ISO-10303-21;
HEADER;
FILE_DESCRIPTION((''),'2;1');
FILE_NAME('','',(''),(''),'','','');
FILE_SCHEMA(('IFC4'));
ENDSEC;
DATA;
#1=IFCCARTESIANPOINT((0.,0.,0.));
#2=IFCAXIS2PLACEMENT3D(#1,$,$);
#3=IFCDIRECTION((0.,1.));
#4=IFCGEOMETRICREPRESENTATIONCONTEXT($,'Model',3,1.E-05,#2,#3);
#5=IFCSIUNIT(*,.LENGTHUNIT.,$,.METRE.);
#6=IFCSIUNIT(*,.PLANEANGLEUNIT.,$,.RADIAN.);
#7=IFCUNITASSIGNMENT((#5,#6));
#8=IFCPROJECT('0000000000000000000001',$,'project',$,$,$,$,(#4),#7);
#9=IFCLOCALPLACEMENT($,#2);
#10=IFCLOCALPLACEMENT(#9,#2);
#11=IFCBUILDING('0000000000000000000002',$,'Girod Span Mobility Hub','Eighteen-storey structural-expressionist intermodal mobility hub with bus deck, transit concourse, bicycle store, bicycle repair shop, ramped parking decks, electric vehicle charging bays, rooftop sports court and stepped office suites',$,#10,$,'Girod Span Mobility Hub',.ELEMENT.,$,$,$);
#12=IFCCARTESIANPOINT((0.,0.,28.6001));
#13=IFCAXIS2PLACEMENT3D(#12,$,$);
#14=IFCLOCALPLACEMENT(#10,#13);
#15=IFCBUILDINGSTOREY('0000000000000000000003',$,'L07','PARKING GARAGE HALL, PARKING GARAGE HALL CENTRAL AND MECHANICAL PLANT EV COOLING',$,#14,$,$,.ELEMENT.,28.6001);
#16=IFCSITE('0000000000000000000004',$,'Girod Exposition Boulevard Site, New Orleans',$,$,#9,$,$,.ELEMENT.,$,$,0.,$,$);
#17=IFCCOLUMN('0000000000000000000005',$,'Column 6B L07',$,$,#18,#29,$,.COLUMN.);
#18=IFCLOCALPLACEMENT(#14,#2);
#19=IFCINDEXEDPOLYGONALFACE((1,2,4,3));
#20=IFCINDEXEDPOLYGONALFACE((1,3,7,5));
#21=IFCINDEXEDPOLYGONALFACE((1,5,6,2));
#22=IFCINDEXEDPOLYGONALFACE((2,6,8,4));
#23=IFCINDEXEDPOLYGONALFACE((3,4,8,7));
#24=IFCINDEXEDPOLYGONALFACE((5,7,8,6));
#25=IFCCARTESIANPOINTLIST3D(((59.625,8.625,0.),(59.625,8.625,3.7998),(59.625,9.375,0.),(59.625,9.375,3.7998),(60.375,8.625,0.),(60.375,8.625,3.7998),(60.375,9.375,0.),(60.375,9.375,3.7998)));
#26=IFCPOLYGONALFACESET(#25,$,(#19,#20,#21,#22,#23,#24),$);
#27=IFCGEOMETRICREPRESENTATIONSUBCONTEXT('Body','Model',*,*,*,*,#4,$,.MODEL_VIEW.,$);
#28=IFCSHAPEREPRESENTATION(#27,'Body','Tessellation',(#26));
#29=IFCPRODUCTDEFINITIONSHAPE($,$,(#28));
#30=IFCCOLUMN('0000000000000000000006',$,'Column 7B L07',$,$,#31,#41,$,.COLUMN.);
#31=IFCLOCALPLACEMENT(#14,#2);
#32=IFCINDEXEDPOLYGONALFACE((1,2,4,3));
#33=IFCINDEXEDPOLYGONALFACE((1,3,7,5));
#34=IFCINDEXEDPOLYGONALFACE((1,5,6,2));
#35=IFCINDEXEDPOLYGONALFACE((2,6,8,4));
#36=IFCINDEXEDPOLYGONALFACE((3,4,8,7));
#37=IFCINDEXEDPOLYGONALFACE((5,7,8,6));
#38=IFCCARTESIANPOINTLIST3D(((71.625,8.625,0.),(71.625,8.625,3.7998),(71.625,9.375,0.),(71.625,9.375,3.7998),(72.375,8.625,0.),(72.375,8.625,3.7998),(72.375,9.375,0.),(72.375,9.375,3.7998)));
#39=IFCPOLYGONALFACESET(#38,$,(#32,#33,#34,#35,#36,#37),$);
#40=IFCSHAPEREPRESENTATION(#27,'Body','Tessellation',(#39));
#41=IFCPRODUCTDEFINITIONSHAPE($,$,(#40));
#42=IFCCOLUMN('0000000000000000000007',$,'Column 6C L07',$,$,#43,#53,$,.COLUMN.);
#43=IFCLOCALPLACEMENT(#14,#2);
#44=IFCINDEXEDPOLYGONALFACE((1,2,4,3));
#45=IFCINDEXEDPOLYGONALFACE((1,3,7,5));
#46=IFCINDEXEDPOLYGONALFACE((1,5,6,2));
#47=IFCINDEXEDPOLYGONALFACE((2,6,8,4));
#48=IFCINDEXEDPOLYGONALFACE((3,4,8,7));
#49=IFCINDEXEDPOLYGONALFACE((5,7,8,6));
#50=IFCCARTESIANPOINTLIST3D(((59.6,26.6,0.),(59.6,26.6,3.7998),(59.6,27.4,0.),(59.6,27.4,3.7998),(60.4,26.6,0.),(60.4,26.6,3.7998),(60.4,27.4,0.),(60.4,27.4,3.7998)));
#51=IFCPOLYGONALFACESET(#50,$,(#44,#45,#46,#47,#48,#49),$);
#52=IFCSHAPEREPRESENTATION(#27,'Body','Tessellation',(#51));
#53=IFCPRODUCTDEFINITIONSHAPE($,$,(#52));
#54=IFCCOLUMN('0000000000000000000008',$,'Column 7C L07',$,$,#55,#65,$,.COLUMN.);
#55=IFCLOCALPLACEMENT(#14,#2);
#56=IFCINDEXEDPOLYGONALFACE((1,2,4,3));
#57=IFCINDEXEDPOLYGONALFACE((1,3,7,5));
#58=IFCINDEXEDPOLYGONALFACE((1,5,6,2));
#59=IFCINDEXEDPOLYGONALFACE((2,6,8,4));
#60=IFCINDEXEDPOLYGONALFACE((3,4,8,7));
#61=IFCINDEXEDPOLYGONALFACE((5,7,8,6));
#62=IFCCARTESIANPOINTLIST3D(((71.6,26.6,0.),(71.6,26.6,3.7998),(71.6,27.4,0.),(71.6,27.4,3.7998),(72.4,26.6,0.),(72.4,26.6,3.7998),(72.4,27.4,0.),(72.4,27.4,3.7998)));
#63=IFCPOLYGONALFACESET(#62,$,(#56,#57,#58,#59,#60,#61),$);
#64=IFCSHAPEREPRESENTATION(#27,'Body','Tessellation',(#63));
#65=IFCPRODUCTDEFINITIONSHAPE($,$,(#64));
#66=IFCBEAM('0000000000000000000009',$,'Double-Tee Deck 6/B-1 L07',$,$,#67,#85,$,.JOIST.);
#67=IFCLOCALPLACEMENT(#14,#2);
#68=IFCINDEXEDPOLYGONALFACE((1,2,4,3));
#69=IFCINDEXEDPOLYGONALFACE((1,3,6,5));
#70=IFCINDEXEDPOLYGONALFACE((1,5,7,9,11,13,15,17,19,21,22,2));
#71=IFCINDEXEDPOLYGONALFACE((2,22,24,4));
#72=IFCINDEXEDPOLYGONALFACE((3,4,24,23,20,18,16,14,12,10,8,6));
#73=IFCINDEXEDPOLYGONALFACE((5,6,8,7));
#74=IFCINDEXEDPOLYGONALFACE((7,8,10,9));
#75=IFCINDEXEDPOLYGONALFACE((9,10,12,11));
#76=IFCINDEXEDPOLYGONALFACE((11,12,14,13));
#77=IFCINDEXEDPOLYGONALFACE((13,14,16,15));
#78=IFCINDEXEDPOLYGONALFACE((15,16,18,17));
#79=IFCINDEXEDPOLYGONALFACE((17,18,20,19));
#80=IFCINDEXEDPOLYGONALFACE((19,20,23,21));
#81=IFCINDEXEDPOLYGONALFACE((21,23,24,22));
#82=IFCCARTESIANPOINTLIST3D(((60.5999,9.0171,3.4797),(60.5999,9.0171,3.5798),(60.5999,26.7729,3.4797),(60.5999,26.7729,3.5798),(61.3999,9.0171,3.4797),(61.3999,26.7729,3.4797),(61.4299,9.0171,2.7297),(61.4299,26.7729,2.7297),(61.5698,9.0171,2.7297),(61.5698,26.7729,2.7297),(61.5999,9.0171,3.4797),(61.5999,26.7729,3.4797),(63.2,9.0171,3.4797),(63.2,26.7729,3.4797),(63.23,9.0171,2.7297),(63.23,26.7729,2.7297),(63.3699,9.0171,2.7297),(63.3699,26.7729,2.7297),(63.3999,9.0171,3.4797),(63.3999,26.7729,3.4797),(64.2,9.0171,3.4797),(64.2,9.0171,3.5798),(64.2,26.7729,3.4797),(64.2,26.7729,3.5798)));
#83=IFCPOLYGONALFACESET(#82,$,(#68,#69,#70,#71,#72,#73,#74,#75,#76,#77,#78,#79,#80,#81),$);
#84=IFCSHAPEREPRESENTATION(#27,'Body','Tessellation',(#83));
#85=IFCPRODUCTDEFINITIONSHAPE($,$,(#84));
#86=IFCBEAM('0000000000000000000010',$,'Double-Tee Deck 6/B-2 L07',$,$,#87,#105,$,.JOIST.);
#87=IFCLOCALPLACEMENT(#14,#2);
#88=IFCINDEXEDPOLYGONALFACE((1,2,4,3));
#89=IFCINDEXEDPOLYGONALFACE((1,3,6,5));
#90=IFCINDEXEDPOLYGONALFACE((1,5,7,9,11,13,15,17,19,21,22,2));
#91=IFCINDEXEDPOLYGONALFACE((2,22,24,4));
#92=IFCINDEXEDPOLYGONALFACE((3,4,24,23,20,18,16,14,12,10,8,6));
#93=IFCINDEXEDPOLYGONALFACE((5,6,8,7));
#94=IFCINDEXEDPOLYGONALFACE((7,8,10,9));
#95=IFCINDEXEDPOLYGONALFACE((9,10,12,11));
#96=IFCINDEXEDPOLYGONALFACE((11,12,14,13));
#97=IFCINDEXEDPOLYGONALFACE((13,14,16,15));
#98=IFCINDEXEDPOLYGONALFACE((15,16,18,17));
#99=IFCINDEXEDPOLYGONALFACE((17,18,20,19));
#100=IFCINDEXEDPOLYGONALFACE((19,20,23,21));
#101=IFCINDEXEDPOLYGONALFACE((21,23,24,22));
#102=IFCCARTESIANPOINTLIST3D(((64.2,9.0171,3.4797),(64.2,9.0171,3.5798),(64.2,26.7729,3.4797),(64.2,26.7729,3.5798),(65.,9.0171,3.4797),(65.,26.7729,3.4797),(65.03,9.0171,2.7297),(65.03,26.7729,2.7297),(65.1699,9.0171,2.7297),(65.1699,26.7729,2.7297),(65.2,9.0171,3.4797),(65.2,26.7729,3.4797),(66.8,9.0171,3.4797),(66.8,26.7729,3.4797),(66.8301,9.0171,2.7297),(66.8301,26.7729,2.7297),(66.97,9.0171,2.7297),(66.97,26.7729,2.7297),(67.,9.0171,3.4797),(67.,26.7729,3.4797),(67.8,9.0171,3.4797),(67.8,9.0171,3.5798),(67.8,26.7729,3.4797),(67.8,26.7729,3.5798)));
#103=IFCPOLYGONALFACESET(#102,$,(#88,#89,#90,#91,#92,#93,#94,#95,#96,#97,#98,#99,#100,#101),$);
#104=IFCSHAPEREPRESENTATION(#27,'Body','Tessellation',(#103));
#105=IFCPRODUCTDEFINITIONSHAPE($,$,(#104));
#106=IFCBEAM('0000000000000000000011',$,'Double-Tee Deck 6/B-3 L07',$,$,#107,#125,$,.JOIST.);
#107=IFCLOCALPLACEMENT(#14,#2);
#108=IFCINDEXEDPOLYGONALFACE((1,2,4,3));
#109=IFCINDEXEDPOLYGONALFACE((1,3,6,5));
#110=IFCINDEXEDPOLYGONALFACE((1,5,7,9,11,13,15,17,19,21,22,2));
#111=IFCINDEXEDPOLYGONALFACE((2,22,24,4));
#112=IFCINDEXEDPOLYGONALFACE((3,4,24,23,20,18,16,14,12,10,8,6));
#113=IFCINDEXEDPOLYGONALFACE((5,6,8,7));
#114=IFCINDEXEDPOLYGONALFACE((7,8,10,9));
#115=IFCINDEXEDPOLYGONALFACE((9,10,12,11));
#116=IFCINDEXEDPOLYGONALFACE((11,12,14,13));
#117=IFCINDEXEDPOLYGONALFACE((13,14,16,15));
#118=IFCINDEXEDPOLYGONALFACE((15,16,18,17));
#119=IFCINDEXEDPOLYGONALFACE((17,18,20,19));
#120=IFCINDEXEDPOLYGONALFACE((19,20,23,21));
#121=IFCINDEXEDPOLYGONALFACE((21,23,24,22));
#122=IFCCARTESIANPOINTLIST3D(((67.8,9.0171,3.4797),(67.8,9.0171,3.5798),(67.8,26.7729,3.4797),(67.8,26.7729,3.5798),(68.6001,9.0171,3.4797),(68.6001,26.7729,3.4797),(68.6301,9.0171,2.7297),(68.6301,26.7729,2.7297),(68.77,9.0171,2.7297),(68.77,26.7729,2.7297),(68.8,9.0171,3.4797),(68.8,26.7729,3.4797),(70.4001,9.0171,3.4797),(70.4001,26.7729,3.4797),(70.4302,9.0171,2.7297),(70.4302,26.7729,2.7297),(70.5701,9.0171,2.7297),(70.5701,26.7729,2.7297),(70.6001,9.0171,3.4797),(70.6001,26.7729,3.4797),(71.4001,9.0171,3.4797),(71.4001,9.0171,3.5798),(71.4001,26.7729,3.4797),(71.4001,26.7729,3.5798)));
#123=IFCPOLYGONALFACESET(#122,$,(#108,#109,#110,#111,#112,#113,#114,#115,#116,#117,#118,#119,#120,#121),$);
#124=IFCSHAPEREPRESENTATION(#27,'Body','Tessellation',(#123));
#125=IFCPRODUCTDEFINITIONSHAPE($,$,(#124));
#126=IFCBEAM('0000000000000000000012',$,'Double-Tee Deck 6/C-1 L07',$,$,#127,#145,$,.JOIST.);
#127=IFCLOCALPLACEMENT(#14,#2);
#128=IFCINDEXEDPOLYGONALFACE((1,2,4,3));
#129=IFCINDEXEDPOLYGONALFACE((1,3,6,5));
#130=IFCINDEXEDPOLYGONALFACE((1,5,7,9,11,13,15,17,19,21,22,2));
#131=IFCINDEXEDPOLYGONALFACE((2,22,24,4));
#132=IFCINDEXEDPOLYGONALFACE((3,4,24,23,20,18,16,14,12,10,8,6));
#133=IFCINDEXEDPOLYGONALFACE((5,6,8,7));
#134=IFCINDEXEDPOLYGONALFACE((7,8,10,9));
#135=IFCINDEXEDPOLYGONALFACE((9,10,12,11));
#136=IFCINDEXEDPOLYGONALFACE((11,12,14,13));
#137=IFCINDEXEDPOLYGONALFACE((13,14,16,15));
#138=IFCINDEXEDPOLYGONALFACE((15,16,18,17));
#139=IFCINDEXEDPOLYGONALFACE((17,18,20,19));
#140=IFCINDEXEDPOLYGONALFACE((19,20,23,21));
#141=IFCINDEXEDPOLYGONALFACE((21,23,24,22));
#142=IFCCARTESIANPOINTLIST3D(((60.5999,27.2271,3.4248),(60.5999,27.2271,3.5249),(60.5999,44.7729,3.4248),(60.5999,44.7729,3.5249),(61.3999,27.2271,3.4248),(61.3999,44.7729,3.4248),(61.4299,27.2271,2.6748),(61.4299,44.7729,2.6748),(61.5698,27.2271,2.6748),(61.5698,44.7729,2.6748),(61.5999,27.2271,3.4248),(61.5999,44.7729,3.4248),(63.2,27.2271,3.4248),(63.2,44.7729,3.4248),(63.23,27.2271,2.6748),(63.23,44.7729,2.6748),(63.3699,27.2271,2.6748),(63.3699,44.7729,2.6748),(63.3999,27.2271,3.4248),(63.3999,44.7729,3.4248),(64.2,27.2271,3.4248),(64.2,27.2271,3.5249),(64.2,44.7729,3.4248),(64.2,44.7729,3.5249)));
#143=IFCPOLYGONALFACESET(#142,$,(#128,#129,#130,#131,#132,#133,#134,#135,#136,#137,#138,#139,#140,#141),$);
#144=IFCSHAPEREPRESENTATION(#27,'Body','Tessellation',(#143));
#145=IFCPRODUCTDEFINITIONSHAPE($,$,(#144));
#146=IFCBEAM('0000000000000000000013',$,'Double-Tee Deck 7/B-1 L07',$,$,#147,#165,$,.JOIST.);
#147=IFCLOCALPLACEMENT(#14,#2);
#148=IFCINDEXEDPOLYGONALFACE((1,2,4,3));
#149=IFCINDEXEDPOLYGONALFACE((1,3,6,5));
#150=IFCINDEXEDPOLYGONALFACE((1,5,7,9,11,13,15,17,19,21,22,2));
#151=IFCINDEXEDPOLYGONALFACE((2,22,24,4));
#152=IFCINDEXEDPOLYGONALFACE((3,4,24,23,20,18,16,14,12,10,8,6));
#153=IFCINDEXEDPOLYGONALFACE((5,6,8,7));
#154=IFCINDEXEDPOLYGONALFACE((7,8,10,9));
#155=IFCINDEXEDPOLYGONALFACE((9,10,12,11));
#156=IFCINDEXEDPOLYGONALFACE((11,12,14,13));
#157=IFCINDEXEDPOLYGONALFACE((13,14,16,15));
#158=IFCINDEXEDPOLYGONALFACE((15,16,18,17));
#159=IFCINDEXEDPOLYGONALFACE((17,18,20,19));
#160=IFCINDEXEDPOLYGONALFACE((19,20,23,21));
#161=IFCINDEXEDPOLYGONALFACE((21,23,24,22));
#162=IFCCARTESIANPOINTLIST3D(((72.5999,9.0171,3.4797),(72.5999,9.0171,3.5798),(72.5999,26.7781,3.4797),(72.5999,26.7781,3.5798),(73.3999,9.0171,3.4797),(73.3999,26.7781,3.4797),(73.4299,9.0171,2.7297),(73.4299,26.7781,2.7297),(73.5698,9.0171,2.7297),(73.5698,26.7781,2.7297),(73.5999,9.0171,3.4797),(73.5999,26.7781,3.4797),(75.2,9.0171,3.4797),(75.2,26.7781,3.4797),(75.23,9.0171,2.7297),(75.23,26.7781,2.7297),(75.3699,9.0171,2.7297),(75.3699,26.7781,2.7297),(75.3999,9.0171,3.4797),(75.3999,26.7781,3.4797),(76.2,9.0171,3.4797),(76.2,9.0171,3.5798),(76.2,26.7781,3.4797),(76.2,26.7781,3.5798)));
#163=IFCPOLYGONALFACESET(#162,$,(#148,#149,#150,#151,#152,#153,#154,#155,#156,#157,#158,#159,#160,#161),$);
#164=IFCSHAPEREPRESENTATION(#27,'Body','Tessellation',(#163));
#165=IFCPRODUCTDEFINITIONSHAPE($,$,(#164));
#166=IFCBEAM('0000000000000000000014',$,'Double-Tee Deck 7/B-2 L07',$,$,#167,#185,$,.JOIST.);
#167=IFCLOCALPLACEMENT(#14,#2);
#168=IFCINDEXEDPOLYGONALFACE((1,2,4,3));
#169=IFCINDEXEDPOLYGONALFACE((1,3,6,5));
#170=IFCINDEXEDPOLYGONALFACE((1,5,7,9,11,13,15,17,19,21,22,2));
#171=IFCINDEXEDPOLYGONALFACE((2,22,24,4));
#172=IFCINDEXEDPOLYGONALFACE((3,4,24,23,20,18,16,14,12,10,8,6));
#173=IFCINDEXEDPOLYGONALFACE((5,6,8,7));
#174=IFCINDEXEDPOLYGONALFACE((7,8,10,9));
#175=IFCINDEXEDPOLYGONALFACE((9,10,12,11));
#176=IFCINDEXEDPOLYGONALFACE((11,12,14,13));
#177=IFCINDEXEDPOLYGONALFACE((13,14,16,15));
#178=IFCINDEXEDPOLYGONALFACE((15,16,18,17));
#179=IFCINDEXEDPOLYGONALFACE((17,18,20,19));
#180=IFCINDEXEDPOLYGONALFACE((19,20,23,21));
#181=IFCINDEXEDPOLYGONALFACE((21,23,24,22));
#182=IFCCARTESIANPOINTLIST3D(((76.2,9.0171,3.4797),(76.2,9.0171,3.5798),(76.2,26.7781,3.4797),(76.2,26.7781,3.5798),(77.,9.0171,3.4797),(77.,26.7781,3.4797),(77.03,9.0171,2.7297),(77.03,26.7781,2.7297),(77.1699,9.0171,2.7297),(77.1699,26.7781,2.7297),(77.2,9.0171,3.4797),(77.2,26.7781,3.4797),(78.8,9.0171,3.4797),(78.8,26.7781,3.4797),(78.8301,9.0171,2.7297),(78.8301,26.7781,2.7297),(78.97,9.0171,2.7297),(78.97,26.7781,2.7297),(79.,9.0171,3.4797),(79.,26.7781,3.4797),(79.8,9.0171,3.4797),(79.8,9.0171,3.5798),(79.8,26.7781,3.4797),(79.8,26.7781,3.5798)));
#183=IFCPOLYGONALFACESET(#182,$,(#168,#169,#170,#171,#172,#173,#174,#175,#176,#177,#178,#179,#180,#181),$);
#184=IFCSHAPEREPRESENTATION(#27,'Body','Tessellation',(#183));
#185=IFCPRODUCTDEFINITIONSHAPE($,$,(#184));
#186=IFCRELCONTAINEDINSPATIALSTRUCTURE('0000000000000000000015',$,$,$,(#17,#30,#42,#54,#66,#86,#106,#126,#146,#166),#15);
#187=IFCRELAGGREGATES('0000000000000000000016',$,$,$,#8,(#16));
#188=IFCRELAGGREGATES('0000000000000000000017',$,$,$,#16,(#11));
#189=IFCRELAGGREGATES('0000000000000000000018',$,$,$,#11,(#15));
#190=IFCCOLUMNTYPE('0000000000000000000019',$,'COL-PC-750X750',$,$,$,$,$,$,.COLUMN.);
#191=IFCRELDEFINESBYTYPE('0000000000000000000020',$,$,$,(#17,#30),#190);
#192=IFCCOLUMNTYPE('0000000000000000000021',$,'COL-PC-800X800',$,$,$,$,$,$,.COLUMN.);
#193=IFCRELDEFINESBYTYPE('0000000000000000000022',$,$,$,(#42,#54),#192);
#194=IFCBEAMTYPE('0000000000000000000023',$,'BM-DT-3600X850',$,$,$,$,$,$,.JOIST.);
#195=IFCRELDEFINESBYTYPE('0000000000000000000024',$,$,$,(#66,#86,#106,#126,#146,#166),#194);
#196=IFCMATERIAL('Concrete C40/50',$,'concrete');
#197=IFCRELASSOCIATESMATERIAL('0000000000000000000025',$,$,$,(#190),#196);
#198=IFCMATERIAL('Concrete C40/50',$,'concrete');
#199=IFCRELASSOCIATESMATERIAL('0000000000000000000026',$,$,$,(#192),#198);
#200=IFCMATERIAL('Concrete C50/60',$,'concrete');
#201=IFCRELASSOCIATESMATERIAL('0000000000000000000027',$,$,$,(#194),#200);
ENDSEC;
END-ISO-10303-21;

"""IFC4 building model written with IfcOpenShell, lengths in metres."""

from ifc_helpers import new_model, si_unit, direction, frame, origin, origin_2d, place, context, subcontext, project, spatial, polyline, rectangle, outline, extrude, material, material_profile, profile_set, type_object, element, save


model = new_model("IFC4")

# Units and contexts
model_context = context("Model", 3, precision=1e-05, world=origin(), true_north=direction((0.0, 1.0)))
body_context = subcontext(model_context, "Body", "Model", "MODEL_VIEW")
ifc_project = project(units=[si_unit("LENGTHUNIT", "METRE"), si_unit("PLANEANGLEUNIT", "RADIAN")], contexts=[model_context])

# Site, building, storey
site_placement = place(None, origin())
site = spatial("IfcSite", under=ifc_project, at=site_placement, Name="Girod Exposition Boulevard Site, New Orleans", CompositionType="ELEMENT", RefElevation=0.0)
building_placement = place(site_placement, origin())
building = spatial("IfcBuilding", under=site, at=building_placement, Name="Girod Span Mobility Hub", Description="Eighteen-storey structural-expressionist intermodal mobility hub with bus deck, transit concourse, bicycle store, bicycle repair shop, ramped parking decks, electric vehicle charging bays, rooftop sports court and stepped office suites", LongName="Girod Span Mobility Hub", CompositionType="ELEMENT")
storey_placement = place(building_placement, frame((0.0, 0.0, 28.6001)))
storey = spatial("IfcBuildingStorey", under=building, at=storey_placement, Name="L07", Description="PARKING GARAGE HALL, PARKING GARAGE HALL CENTRAL AND MECHANICAL PLANT EV COOLING", CompositionType="ELEMENT", Elevation=28.6001)

# Columns
ifc_material_1 = material(Name="Concrete C40/50", Category="concrete")
ifc_material_profile_1 = material_profile(ifc_material_1, rectangle(XDim=0.75, YDim=0.75, at=origin_2d()), Name="PC-COL-750X750")
ifc_profile_set_1 = profile_set([ifc_material_profile_1], Name="Concrete C40/50")
column_type_1 = type_object("IfcColumnType", Name="COL-PC-750X750", PredefinedType="COLUMN", material=ifc_profile_set_1)
for number, where, z_axis, x_axis, name in (
    (1, (60.0, 9.0, 0.0), (0.0, 0.0, 1.0), (1.0, 0.0, 0.0), "Column 6B L07"),
    (2, (72.0, 9.0, 0.0), (0.0, 0.0, 1.0), (1.0, 0.0, 0.0), "Column 7B L07"),
):
    element("IfcColumn", number, at=place(storey_placement, frame(where, z_axis=z_axis, x_axis=x_axis)), inside=storey, type_object=column_type_1, Name=name, PredefinedType="COLUMN", context=body_context, shape_type="SweptSolid", body=[
        extrude(rectangle(XDim=0.75, YDim=0.75, at=origin_2d()), origin(), (0.0, 0.0, 1.0), 3.7998),
    ])
ifc_material_2 = material(Name="Concrete C40/50", Category="concrete")
ifc_material_profile_2 = material_profile(ifc_material_2, rectangle(XDim=0.8, YDim=0.8, at=origin_2d()), Name="PC-COL-800X800")
ifc_profile_set_2 = profile_set([ifc_material_profile_2], Name="Concrete C40/50")
column_type_2 = type_object("IfcColumnType", Name="COL-PC-800X800", PredefinedType="COLUMN", material=ifc_profile_set_2)
for number, where, z_axis, x_axis, name in (
    (3, (60.0, 27.0, 0.0), (0.0, 0.0, 1.0), (1.0, 0.0, 0.0), "Column 6C L07"),
    (4, (72.0, 27.0, 0.0), (0.0, 0.0, 1.0), (1.0, 0.0, 0.0), "Column 7C L07"),
):
    element("IfcColumn", number, at=place(storey_placement, frame(where, z_axis=z_axis, x_axis=x_axis)), inside=storey, type_object=column_type_2, Name=name, PredefinedType="COLUMN", context=body_context, shape_type="SweptSolid", body=[
        extrude(rectangle(XDim=0.8, YDim=0.8, at=origin_2d()), origin(), (0.0, 0.0, 1.0), 3.7998),
    ])

# Beams
ifc_material_3 = material(Name="Concrete C50/60", Category="concrete")
ifc_material_profile_3 = material_profile(ifc_material_3, outline(polyline([(-1.8, 0.425), (-1.8, 0.325), (-1.0, 0.325), (-0.97, -0.425), (-0.8301, -0.425), (-0.8, 0.325), (0.8, 0.325), (0.8301, -0.425), (0.97, -0.425), (1.0, 0.325), (1.8, 0.325), (1.8, 0.425), (-1.8, 0.425)])), Name="DT-3600X850")
ifc_profile_set_3 = profile_set([ifc_material_profile_3], Name="Concrete C50/60")
beam_type_1 = type_object("IfcBeamType", Name="BM-DT-3600X850", PredefinedType="JOIST", material=ifc_profile_set_3)
for number, where, z_axis, x_axis, name in (
    (5, (62.3999, 9.0171, 3.1548), (0.0, 1.0, 0.0), (-1.0, 0.0, 0.0), "Double-Tee Deck 6/B-1 L07"),
    (6, (66.0, 9.0171, 3.1548), (0.0, 1.0, 0.0), (-1.0, 0.0, 0.0), "Double-Tee Deck 6/B-2 L07"),
    (7, (69.6001, 9.0171, 3.1548), (0.0, 1.0, 0.0), (-1.0, 0.0, 0.0), "Double-Tee Deck 6/B-3 L07"),
):
    element("IfcBeam", number, at=place(storey_placement, frame(where, z_axis=z_axis, x_axis=x_axis)), inside=storey, type_object=beam_type_1, Name=name, PredefinedType="JOIST", context=body_context, shape_type="SweptSolid", body=[
        extrude(outline(polyline([(-1.8, 0.425), (-1.8, 0.325), (-1.0, 0.325), (-0.97, -0.425), (-0.8301, -0.425), (-0.8, 0.325), (0.8, 0.325), (0.8301, -0.425), (0.97, -0.425), (1.0, 0.325), (1.8, 0.325), (1.8, 0.425), (-1.8, 0.425)])), origin(), (0.0, 0.0, 1.0), 17.7559),
    ])
beam_1_placement = place(storey_placement, frame((62.3999, 27.2271, 3.0999), z_axis=(0.0, 1.0, 0.0), x_axis=(-1.0, 0.0, 0.0)))
element("IfcBeam", 8, at=beam_1_placement, inside=storey, type_object=beam_type_1, Name="Double-Tee Deck 6/C-1 L07", PredefinedType="JOIST", context=body_context, shape_type="SweptSolid", body=[
    extrude(outline(polyline([(-1.8, 0.425), (-1.8, 0.325), (-1.0, 0.325), (-0.97, -0.425), (-0.8301, -0.425), (-0.8, 0.325), (0.8, 0.325), (0.8301, -0.425), (0.97, -0.425), (1.0, 0.325), (1.8, 0.325), (1.8, 0.425), (-1.8, 0.425)])), origin(), (0.0, 0.0, 1.0), 17.5459),
])
for number, where, z_axis, x_axis, name in (
    (9, (74.3999, 9.0171, 3.1548), (0.0, 1.0, 0.0), (-1.0, 0.0, 0.0), "Double-Tee Deck 7/B-1 L07"),
    (10, (78.0, 9.0171, 3.1548), (0.0, 1.0, 0.0), (-1.0, 0.0, 0.0), "Double-Tee Deck 7/B-2 L07"),
):
    element("IfcBeam", number, at=place(storey_placement, frame(where, z_axis=z_axis, x_axis=x_axis)), inside=storey, type_object=beam_type_1, Name=name, PredefinedType="JOIST", context=body_context, shape_type="SweptSolid", body=[
        extrude(outline(polyline([(-1.8, 0.425), (-1.8, 0.325), (-1.0, 0.325), (-0.97, -0.425), (-0.8301, -0.425), (-0.8, 0.325), (0.8, 0.325), (0.8301, -0.425), (0.97, -0.425), (1.0, 0.325), (1.8, 0.325), (1.8, 0.425), (-1.8, 0.425)])), origin(), (0.0, 0.0, 1.0), 17.761),
    ])

save(model, "model.ifc")
